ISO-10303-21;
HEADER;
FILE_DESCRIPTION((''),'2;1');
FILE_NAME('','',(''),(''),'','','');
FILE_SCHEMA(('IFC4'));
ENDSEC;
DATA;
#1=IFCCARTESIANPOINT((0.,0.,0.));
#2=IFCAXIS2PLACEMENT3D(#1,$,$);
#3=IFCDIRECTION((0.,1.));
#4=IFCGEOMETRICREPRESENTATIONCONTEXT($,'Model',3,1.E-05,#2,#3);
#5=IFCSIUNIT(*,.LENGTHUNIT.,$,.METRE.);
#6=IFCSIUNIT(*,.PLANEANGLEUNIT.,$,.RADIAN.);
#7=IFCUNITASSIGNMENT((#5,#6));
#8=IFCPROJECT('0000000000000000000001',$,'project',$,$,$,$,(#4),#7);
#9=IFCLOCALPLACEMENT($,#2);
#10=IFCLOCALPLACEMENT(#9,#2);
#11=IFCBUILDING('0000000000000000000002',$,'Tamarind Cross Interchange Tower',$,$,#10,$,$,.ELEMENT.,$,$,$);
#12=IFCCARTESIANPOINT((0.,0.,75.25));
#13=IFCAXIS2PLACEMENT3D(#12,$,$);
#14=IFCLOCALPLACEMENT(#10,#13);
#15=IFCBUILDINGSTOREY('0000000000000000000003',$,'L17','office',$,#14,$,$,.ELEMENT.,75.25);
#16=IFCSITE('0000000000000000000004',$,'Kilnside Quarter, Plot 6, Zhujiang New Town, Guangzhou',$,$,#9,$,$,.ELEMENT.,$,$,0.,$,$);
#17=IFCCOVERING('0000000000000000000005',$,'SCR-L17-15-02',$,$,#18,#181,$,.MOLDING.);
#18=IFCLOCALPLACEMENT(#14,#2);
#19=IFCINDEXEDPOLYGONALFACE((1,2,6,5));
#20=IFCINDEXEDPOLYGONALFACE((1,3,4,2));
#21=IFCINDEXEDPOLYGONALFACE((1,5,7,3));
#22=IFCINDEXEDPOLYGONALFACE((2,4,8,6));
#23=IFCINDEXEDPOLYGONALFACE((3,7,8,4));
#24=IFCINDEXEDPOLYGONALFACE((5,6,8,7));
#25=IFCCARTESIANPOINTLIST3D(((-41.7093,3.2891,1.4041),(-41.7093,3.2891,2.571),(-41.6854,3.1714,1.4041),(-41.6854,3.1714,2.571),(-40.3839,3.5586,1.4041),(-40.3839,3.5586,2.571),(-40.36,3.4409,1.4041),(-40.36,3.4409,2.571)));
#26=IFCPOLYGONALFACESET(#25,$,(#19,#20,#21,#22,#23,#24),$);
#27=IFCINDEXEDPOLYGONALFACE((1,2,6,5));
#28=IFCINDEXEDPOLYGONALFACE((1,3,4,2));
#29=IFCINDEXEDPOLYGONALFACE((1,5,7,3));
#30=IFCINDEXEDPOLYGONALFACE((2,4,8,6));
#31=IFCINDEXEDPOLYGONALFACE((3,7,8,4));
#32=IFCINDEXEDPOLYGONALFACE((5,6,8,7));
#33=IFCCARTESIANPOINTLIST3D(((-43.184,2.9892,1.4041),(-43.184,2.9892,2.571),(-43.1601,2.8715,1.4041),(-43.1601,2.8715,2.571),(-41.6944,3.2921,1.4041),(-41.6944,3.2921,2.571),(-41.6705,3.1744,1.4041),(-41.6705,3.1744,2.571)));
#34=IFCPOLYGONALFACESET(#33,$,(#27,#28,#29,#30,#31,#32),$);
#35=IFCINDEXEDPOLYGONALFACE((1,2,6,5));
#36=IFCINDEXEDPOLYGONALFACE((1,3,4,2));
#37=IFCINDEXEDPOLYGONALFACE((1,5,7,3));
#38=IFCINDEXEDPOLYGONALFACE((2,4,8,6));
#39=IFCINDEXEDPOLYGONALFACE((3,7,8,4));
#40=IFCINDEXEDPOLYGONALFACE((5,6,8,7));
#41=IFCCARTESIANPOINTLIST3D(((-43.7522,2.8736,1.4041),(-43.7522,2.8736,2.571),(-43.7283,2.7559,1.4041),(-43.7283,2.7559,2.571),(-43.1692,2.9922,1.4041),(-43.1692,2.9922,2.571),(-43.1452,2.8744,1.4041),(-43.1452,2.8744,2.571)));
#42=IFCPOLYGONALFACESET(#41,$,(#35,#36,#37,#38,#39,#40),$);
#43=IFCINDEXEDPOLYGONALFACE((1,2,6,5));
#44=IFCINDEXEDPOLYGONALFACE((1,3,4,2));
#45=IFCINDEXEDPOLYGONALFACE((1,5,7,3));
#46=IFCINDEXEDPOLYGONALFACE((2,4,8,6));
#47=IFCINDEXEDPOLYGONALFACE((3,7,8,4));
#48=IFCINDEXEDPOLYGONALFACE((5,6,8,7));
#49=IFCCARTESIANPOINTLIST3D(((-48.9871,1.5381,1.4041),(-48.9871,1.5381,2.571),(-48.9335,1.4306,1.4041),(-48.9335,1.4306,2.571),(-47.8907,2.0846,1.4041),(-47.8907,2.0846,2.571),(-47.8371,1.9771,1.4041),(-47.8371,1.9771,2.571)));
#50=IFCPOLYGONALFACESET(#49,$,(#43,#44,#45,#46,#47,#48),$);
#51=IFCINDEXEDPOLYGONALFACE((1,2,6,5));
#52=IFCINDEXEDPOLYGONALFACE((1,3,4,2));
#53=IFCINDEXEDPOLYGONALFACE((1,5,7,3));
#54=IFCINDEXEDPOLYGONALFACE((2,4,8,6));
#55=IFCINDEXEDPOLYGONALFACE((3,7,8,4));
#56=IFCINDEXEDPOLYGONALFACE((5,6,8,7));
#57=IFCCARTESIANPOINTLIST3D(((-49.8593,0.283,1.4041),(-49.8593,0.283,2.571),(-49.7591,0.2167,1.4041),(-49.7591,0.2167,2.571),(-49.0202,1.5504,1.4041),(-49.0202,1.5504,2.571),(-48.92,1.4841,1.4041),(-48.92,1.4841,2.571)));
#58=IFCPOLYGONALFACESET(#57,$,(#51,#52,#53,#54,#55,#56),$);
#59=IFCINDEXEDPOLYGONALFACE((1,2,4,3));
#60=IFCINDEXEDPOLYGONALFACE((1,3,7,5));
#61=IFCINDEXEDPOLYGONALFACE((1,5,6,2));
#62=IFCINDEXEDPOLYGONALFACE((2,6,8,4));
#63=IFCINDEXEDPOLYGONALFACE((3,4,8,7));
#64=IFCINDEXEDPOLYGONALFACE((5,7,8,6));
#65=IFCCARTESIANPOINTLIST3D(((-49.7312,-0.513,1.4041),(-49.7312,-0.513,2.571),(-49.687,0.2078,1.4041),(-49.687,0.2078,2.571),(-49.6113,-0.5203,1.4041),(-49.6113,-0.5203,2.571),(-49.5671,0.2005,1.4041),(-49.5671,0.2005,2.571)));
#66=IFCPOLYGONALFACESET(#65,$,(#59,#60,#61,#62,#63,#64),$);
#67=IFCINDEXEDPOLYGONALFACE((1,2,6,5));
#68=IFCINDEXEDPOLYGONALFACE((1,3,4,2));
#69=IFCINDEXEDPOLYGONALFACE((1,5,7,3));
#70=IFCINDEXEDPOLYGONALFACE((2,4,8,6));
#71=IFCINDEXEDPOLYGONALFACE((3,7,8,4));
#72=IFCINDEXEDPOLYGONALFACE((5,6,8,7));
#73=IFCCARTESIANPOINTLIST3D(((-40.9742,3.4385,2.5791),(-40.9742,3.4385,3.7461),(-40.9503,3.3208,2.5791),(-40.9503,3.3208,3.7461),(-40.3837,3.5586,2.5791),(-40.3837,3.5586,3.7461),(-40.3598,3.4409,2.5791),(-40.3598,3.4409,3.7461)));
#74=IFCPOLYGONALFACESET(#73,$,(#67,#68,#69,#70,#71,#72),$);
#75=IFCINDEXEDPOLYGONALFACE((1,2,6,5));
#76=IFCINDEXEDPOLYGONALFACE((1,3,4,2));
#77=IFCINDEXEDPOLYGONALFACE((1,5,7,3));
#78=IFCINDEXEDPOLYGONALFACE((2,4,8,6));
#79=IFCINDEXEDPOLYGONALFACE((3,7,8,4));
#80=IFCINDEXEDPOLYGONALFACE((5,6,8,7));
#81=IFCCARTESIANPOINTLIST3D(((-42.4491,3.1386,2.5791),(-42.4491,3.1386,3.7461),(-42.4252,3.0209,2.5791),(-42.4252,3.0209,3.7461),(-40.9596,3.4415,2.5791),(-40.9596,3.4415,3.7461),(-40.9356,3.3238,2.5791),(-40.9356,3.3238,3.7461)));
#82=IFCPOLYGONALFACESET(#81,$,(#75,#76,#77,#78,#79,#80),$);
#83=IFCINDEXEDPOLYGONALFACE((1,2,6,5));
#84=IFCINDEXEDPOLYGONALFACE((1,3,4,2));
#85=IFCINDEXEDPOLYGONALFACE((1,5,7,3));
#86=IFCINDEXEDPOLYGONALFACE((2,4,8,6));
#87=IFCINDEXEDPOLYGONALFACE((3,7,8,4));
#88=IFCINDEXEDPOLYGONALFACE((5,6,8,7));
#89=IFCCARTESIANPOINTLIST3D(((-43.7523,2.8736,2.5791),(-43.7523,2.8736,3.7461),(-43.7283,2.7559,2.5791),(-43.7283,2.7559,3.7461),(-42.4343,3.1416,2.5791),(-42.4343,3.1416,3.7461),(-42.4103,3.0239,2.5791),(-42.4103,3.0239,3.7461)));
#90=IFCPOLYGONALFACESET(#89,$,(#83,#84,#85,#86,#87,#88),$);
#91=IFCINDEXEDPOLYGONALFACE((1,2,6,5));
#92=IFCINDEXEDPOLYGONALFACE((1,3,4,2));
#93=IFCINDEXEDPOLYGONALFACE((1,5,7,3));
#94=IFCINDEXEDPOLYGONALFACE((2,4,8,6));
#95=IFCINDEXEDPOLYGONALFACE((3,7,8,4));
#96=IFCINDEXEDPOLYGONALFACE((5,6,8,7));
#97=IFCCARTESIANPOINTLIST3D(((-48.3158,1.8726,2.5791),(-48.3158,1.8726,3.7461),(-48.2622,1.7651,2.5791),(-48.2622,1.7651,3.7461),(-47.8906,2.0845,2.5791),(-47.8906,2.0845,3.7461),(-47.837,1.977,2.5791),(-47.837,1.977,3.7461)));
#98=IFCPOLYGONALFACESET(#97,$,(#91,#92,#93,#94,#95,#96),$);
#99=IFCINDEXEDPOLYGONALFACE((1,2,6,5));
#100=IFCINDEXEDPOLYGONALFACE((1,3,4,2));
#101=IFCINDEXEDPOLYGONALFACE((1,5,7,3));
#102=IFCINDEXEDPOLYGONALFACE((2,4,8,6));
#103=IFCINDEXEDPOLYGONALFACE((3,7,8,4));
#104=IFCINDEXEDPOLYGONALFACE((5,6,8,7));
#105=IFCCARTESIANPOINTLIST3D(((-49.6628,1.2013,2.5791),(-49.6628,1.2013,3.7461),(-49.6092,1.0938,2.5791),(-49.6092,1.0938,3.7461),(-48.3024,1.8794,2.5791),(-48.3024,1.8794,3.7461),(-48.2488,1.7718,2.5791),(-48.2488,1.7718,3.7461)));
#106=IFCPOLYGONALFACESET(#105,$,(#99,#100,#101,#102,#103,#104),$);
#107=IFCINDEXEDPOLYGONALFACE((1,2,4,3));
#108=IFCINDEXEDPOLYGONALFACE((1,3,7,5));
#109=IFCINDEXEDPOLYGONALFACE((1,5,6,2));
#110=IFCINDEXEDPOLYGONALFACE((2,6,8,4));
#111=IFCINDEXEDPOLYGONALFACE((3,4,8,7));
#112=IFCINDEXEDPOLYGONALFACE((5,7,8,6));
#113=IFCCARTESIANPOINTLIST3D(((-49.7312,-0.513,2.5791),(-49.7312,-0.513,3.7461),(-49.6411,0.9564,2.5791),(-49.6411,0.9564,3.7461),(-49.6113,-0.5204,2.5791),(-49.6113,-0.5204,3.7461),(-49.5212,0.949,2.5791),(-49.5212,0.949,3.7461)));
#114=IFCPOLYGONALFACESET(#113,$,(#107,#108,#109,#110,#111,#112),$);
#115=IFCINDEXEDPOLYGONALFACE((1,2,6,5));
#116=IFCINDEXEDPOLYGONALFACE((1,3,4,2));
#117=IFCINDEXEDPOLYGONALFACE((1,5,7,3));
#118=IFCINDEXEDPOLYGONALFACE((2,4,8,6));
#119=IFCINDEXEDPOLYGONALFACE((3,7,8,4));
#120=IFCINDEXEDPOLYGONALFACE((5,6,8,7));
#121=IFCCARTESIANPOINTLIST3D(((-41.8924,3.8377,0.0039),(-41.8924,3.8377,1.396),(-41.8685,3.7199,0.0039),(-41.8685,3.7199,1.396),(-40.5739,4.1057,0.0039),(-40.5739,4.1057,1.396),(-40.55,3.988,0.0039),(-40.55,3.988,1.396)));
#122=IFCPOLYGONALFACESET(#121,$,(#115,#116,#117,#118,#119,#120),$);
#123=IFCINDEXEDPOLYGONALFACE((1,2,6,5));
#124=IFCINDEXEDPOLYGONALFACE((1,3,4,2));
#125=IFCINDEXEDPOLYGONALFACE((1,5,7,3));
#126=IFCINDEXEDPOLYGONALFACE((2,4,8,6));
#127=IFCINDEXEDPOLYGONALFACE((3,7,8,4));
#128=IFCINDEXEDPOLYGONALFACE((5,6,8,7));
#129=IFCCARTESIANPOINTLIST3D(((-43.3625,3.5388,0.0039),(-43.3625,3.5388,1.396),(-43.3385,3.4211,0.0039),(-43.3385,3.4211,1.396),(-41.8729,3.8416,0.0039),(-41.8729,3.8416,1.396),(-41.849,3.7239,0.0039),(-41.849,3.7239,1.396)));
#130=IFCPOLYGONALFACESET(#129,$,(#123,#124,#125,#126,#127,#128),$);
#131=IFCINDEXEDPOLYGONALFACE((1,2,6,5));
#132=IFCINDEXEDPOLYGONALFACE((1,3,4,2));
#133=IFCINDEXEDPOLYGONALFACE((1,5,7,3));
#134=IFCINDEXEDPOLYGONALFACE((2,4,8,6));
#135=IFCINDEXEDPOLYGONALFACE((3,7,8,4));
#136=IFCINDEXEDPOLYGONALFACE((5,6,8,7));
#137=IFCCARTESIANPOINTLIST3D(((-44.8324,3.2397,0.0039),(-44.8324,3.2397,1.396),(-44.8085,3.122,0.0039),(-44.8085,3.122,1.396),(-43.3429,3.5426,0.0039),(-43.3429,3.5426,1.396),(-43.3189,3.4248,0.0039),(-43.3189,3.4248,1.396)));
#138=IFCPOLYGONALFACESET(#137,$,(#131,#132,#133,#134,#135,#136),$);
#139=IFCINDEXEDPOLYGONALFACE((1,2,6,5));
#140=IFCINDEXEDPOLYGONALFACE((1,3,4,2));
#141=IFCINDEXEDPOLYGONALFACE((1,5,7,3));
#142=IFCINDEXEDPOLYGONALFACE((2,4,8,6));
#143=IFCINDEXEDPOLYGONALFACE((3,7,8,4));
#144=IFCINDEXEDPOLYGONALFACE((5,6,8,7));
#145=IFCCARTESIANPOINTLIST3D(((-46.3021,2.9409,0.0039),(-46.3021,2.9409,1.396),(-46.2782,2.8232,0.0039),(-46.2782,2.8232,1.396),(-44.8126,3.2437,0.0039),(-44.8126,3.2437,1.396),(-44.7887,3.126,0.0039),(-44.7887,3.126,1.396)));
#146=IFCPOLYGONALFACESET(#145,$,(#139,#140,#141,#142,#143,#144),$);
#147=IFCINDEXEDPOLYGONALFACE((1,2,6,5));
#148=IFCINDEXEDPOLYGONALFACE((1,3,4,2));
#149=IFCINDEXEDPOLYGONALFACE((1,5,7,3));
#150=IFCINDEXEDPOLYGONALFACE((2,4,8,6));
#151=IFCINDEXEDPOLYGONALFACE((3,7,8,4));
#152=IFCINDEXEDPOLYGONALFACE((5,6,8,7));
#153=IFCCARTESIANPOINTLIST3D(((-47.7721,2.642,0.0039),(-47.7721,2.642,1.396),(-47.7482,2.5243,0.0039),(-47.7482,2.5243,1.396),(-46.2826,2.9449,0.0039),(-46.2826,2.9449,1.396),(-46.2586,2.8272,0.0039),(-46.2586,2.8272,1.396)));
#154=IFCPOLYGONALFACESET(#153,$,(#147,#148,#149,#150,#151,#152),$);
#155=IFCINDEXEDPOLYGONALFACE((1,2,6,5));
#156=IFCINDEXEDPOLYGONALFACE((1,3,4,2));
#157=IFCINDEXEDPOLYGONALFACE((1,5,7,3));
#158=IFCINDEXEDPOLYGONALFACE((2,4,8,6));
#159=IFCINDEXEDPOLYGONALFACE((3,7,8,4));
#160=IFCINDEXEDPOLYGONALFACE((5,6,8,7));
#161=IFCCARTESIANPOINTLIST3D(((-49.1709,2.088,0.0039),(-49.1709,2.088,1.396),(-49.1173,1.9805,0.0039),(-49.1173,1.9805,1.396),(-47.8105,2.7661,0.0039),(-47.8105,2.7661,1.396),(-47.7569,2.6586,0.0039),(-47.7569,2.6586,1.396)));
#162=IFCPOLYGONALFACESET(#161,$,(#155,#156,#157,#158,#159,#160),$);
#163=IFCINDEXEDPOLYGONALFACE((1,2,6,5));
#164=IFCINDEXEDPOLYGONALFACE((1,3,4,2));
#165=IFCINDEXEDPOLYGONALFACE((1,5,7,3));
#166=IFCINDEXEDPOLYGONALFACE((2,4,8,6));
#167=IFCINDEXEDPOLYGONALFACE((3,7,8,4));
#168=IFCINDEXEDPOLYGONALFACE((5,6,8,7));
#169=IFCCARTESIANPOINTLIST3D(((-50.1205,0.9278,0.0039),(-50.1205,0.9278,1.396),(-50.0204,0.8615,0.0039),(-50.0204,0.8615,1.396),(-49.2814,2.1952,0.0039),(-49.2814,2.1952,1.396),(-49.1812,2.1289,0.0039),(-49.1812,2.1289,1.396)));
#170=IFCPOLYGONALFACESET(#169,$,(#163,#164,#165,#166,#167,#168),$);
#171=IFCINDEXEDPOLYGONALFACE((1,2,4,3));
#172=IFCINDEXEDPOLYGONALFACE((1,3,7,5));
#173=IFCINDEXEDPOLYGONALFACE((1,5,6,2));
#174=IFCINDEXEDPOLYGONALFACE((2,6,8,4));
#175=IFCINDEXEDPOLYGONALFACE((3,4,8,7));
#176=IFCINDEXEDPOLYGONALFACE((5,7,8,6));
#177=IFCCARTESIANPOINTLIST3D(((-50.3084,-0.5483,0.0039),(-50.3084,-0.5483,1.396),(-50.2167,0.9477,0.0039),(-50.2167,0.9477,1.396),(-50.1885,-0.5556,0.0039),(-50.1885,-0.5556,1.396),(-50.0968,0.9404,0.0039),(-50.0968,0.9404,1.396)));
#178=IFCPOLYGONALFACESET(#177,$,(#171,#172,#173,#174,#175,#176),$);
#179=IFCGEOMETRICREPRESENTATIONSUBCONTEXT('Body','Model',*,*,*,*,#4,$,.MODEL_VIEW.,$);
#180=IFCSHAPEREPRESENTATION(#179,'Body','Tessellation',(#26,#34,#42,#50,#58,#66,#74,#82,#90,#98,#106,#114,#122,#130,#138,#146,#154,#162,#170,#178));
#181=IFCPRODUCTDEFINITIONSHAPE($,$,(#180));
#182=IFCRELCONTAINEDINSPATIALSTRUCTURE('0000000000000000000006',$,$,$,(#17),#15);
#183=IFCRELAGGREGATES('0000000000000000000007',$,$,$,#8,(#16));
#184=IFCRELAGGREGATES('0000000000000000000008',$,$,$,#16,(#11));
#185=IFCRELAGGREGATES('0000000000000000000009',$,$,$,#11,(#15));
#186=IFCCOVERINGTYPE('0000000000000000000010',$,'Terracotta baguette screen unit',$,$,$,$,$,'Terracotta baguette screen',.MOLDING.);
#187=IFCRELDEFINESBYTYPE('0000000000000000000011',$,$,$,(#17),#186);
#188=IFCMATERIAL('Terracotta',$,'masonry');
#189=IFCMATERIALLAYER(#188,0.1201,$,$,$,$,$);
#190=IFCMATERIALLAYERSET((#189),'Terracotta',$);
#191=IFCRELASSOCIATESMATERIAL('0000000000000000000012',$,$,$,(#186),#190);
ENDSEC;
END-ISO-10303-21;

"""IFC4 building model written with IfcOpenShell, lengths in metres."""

from ifc_helpers import new_model, si_unit, direction, frame, origin, origin_2d, place, context, subcontext, project, spatial, rectangle, extrude, material, layer, layer_set, type_object, element, save


model = new_model("IFC4")

# Units and contexts
model_context = context("Model", 3, precision=1e-05, world=origin(), true_north=direction((0.0, 1.0)))
body_context = subcontext(model_context, "Body", "Model", "MODEL_VIEW")
ifc_project = project(units=[si_unit("LENGTHUNIT", "METRE"), si_unit("PLANEANGLEUNIT", "RADIAN")], contexts=[model_context])

# Site, building, storey
site_placement = place(None, origin())
site = spatial("IfcSite", under=ifc_project, at=site_placement, Name="Kilnside Quarter, Plot 6, Zhujiang New Town, Guangzhou", CompositionType="ELEMENT", RefElevation=0.0)
building_placement = place(site_placement, origin())
building = spatial("IfcBuilding", under=site, at=building_placement, Name="Tamarind Cross Interchange Tower", CompositionType="ELEMENT")
storey_placement = place(building_placement, frame((0.0, 0.0, 75.25)))
storey = spatial("IfcBuildingStorey", under=building, at=storey_placement, Name="L17", Description="office", CompositionType="ELEMENT", Elevation=75.25)

# Covering
ifc_material_1 = material(Name="Terracotta", Category="masonry")
ifc_layer_1 = layer(ifc_material_1, 0.1201)
ifc_layer_set_1 = layer_set([ifc_layer_1], Name="Terracotta")
covering_type = type_object("IfcCoveringType", Name="Terracotta baguette screen unit", ElementType="Terracotta baguette screen", PredefinedType="MOLDING", material=ifc_layer_set_1)
covering_1_placement = place(storey_placement, origin())
element("IfcCovering", 1, at=covering_1_placement, inside=storey, type_object=covering_type, Name="SCR-L17-15-02", PredefinedType="MOLDING", context=body_context, shape_type="SweptSolid", body=[
    extrude(rectangle(XDim=1.3525, YDim=0.1201, at=origin_2d()), frame((-41.0347, 3.365, 1.4041), z_axis=(0.0, 0.0, 1.0), x_axis=(-0.97995, -0.199245, 0.0)), (0.0, 0.0, 1.0), 1.167),
    extrude(rectangle(XDim=1.52, YDim=0.1201, at=origin_2d()), frame((-42.4272, 3.0818, 1.4041), z_axis=(0.0, 0.0, 1.0), x_axis=(-0.97995, -0.199245, 0.0)), (0.0, 0.0, 1.0), 1.167),
    extrude(rectangle(XDim=0.595, YDim=0.1201, at=origin_2d()), frame((-43.4487, 2.874, 1.4041), z_axis=(0.0, 0.0, 1.0), x_axis=(-0.97995, -0.199245, 0.0)), (0.0, 0.0, 1.0), 1.167),
    extrude(rectangle(XDim=1.2251, YDim=0.1201, at=origin_2d()), frame((-48.4121, 1.7576, 1.4041), z_axis=(0.0, 0.0, 1.0), x_axis=(-0.89499, -0.446085, 0.0)), (0.0, 0.0, 1.0), 1.167),
    extrude(rectangle(XDim=1.52, YDim=0.1201, at=origin_2d()), frame((-49.3896, 0.8835, 1.4041), z_axis=(0.0, 0.0, 1.0), x_axis=(-0.552042, -0.833816, 0.0)), (0.0, 0.0, 1.0), 1.167),
    extrude(rectangle(XDim=0.7222, YDim=0.1201, at=origin_2d()), frame((-49.6492, -0.1562, 1.4041), z_axis=(0.0, 0.0, 1.0), x_axis=(-0.061174, -0.998127, 0.0)), (0.0, 0.0, 1.0), 1.167),
    extrude(rectangle(XDim=0.6025, YDim=0.1201, at=origin_2d()), frame((-40.667, 3.4397, 2.5791), z_axis=(0.0, 0.0, 1.0), x_axis=(-0.97995, -0.199245, 0.0)), (0.0, 0.0, 1.0), 1.167),
    extrude(rectangle(XDim=1.52, YDim=0.1201, at=origin_2d()), frame((-41.6924, 3.2312, 2.5791), z_axis=(0.0, 0.0, 1.0), x_axis=(-0.97995, -0.199245, 0.0)), (0.0, 0.0, 1.0), 1.167),
    extrude(rectangle(XDim=1.345, YDim=0.1201, at=origin_2d()), frame((-43.0813, 2.9487, 2.5791), z_axis=(0.0, 0.0, 1.0), x_axis=(-0.97995, -0.199245, 0.0)), (0.0, 0.0, 1.0), 1.167),
    extrude(rectangle(XDim=0.4751, YDim=0.1201, at=origin_2d()), frame((-48.0764, 1.9248, 2.5791), z_axis=(0.0, 0.0, 1.0), x_axis=(-0.89499, -0.446085, 0.0)), (0.0, 0.0, 1.0), 1.167),
    extrude(rectangle(XDim=1.52, YDim=0.1201, at=origin_2d()), frame((-48.9558, 1.4866, 2.5791), z_axis=(0.0, 0.0, 1.0), x_axis=(-0.89499, -0.446085, 0.0)), (0.0, 0.0, 1.0), 1.167),
    extrude(rectangle(XDim=1.4722, YDim=0.1201, at=origin_2d()), frame((-49.6262, 0.218, 2.5791), z_axis=(0.0, 0.0, 1.0), x_axis=(-0.061174, -0.998127, 0.0)), (0.0, 0.0, 1.0), 1.167),
    extrude(rectangle(XDim=1.3455, YDim=0.1201, at=origin_2d()), frame((-41.2212, 3.9128, 0.0039), z_axis=(0.0, 0.0, 1.0), x_axis=(-0.97995, -0.199245, 0.0)), (0.0, 0.0, 1.0), 1.3921),
    extrude(rectangle(XDim=1.52, YDim=0.1201, at=origin_2d()), frame((-42.6057, 3.6313, 0.0039), z_axis=(0.0, 0.0, 1.0), x_axis=(-0.97995, -0.199245, 0.0)), (0.0, 0.0, 1.0), 1.3921),
    extrude(rectangle(XDim=1.52, YDim=0.1201, at=origin_2d()), frame((-44.0757, 3.3323, 0.0039), z_axis=(0.0, 0.0, 1.0), x_axis=(-0.97995, -0.199245, 0.0)), (0.0, 0.0, 1.0), 1.3921),
    extrude(rectangle(XDim=1.52, YDim=0.1201, at=origin_2d()), frame((-45.5454, 3.0334, 0.0039), z_axis=(0.0, 0.0, 1.0), x_axis=(-0.97995, -0.199245, 0.0)), (0.0, 0.0, 1.0), 1.3921),
    extrude(rectangle(XDim=1.52, YDim=0.1201, at=origin_2d()), frame((-47.0154, 2.7346, 0.0039), z_axis=(0.0, 0.0, 1.0), x_axis=(-0.97995, -0.199245, 0.0)), (0.0, 0.0, 1.0), 1.3921),
    extrude(rectangle(XDim=1.52, YDim=0.1201, at=origin_2d()), frame((-48.4639, 2.3733, 0.0039), z_axis=(0.0, 0.0, 1.0), x_axis=(-0.89499, -0.446085, 0.0)), (0.0, 0.0, 1.0), 1.3921),
    extrude(rectangle(XDim=1.52, YDim=0.1201, at=origin_2d()), frame((-49.6509, 1.5283, 0.0039), z_axis=(0.0, 0.0, 1.0), x_axis=(-0.552042, -0.833816, 0.0)), (0.0, 0.0, 1.0), 1.3921),
    extrude(rectangle(XDim=1.4988, YDim=0.1201, at=origin_2d()), frame((-50.2026, 0.196, 0.0039), z_axis=(0.0, 0.0, 1.0), x_axis=(-0.061174, -0.998127, 0.0)), (0.0, 0.0, 1.0), 1.3921),
])

save(model, "model.ifc")
